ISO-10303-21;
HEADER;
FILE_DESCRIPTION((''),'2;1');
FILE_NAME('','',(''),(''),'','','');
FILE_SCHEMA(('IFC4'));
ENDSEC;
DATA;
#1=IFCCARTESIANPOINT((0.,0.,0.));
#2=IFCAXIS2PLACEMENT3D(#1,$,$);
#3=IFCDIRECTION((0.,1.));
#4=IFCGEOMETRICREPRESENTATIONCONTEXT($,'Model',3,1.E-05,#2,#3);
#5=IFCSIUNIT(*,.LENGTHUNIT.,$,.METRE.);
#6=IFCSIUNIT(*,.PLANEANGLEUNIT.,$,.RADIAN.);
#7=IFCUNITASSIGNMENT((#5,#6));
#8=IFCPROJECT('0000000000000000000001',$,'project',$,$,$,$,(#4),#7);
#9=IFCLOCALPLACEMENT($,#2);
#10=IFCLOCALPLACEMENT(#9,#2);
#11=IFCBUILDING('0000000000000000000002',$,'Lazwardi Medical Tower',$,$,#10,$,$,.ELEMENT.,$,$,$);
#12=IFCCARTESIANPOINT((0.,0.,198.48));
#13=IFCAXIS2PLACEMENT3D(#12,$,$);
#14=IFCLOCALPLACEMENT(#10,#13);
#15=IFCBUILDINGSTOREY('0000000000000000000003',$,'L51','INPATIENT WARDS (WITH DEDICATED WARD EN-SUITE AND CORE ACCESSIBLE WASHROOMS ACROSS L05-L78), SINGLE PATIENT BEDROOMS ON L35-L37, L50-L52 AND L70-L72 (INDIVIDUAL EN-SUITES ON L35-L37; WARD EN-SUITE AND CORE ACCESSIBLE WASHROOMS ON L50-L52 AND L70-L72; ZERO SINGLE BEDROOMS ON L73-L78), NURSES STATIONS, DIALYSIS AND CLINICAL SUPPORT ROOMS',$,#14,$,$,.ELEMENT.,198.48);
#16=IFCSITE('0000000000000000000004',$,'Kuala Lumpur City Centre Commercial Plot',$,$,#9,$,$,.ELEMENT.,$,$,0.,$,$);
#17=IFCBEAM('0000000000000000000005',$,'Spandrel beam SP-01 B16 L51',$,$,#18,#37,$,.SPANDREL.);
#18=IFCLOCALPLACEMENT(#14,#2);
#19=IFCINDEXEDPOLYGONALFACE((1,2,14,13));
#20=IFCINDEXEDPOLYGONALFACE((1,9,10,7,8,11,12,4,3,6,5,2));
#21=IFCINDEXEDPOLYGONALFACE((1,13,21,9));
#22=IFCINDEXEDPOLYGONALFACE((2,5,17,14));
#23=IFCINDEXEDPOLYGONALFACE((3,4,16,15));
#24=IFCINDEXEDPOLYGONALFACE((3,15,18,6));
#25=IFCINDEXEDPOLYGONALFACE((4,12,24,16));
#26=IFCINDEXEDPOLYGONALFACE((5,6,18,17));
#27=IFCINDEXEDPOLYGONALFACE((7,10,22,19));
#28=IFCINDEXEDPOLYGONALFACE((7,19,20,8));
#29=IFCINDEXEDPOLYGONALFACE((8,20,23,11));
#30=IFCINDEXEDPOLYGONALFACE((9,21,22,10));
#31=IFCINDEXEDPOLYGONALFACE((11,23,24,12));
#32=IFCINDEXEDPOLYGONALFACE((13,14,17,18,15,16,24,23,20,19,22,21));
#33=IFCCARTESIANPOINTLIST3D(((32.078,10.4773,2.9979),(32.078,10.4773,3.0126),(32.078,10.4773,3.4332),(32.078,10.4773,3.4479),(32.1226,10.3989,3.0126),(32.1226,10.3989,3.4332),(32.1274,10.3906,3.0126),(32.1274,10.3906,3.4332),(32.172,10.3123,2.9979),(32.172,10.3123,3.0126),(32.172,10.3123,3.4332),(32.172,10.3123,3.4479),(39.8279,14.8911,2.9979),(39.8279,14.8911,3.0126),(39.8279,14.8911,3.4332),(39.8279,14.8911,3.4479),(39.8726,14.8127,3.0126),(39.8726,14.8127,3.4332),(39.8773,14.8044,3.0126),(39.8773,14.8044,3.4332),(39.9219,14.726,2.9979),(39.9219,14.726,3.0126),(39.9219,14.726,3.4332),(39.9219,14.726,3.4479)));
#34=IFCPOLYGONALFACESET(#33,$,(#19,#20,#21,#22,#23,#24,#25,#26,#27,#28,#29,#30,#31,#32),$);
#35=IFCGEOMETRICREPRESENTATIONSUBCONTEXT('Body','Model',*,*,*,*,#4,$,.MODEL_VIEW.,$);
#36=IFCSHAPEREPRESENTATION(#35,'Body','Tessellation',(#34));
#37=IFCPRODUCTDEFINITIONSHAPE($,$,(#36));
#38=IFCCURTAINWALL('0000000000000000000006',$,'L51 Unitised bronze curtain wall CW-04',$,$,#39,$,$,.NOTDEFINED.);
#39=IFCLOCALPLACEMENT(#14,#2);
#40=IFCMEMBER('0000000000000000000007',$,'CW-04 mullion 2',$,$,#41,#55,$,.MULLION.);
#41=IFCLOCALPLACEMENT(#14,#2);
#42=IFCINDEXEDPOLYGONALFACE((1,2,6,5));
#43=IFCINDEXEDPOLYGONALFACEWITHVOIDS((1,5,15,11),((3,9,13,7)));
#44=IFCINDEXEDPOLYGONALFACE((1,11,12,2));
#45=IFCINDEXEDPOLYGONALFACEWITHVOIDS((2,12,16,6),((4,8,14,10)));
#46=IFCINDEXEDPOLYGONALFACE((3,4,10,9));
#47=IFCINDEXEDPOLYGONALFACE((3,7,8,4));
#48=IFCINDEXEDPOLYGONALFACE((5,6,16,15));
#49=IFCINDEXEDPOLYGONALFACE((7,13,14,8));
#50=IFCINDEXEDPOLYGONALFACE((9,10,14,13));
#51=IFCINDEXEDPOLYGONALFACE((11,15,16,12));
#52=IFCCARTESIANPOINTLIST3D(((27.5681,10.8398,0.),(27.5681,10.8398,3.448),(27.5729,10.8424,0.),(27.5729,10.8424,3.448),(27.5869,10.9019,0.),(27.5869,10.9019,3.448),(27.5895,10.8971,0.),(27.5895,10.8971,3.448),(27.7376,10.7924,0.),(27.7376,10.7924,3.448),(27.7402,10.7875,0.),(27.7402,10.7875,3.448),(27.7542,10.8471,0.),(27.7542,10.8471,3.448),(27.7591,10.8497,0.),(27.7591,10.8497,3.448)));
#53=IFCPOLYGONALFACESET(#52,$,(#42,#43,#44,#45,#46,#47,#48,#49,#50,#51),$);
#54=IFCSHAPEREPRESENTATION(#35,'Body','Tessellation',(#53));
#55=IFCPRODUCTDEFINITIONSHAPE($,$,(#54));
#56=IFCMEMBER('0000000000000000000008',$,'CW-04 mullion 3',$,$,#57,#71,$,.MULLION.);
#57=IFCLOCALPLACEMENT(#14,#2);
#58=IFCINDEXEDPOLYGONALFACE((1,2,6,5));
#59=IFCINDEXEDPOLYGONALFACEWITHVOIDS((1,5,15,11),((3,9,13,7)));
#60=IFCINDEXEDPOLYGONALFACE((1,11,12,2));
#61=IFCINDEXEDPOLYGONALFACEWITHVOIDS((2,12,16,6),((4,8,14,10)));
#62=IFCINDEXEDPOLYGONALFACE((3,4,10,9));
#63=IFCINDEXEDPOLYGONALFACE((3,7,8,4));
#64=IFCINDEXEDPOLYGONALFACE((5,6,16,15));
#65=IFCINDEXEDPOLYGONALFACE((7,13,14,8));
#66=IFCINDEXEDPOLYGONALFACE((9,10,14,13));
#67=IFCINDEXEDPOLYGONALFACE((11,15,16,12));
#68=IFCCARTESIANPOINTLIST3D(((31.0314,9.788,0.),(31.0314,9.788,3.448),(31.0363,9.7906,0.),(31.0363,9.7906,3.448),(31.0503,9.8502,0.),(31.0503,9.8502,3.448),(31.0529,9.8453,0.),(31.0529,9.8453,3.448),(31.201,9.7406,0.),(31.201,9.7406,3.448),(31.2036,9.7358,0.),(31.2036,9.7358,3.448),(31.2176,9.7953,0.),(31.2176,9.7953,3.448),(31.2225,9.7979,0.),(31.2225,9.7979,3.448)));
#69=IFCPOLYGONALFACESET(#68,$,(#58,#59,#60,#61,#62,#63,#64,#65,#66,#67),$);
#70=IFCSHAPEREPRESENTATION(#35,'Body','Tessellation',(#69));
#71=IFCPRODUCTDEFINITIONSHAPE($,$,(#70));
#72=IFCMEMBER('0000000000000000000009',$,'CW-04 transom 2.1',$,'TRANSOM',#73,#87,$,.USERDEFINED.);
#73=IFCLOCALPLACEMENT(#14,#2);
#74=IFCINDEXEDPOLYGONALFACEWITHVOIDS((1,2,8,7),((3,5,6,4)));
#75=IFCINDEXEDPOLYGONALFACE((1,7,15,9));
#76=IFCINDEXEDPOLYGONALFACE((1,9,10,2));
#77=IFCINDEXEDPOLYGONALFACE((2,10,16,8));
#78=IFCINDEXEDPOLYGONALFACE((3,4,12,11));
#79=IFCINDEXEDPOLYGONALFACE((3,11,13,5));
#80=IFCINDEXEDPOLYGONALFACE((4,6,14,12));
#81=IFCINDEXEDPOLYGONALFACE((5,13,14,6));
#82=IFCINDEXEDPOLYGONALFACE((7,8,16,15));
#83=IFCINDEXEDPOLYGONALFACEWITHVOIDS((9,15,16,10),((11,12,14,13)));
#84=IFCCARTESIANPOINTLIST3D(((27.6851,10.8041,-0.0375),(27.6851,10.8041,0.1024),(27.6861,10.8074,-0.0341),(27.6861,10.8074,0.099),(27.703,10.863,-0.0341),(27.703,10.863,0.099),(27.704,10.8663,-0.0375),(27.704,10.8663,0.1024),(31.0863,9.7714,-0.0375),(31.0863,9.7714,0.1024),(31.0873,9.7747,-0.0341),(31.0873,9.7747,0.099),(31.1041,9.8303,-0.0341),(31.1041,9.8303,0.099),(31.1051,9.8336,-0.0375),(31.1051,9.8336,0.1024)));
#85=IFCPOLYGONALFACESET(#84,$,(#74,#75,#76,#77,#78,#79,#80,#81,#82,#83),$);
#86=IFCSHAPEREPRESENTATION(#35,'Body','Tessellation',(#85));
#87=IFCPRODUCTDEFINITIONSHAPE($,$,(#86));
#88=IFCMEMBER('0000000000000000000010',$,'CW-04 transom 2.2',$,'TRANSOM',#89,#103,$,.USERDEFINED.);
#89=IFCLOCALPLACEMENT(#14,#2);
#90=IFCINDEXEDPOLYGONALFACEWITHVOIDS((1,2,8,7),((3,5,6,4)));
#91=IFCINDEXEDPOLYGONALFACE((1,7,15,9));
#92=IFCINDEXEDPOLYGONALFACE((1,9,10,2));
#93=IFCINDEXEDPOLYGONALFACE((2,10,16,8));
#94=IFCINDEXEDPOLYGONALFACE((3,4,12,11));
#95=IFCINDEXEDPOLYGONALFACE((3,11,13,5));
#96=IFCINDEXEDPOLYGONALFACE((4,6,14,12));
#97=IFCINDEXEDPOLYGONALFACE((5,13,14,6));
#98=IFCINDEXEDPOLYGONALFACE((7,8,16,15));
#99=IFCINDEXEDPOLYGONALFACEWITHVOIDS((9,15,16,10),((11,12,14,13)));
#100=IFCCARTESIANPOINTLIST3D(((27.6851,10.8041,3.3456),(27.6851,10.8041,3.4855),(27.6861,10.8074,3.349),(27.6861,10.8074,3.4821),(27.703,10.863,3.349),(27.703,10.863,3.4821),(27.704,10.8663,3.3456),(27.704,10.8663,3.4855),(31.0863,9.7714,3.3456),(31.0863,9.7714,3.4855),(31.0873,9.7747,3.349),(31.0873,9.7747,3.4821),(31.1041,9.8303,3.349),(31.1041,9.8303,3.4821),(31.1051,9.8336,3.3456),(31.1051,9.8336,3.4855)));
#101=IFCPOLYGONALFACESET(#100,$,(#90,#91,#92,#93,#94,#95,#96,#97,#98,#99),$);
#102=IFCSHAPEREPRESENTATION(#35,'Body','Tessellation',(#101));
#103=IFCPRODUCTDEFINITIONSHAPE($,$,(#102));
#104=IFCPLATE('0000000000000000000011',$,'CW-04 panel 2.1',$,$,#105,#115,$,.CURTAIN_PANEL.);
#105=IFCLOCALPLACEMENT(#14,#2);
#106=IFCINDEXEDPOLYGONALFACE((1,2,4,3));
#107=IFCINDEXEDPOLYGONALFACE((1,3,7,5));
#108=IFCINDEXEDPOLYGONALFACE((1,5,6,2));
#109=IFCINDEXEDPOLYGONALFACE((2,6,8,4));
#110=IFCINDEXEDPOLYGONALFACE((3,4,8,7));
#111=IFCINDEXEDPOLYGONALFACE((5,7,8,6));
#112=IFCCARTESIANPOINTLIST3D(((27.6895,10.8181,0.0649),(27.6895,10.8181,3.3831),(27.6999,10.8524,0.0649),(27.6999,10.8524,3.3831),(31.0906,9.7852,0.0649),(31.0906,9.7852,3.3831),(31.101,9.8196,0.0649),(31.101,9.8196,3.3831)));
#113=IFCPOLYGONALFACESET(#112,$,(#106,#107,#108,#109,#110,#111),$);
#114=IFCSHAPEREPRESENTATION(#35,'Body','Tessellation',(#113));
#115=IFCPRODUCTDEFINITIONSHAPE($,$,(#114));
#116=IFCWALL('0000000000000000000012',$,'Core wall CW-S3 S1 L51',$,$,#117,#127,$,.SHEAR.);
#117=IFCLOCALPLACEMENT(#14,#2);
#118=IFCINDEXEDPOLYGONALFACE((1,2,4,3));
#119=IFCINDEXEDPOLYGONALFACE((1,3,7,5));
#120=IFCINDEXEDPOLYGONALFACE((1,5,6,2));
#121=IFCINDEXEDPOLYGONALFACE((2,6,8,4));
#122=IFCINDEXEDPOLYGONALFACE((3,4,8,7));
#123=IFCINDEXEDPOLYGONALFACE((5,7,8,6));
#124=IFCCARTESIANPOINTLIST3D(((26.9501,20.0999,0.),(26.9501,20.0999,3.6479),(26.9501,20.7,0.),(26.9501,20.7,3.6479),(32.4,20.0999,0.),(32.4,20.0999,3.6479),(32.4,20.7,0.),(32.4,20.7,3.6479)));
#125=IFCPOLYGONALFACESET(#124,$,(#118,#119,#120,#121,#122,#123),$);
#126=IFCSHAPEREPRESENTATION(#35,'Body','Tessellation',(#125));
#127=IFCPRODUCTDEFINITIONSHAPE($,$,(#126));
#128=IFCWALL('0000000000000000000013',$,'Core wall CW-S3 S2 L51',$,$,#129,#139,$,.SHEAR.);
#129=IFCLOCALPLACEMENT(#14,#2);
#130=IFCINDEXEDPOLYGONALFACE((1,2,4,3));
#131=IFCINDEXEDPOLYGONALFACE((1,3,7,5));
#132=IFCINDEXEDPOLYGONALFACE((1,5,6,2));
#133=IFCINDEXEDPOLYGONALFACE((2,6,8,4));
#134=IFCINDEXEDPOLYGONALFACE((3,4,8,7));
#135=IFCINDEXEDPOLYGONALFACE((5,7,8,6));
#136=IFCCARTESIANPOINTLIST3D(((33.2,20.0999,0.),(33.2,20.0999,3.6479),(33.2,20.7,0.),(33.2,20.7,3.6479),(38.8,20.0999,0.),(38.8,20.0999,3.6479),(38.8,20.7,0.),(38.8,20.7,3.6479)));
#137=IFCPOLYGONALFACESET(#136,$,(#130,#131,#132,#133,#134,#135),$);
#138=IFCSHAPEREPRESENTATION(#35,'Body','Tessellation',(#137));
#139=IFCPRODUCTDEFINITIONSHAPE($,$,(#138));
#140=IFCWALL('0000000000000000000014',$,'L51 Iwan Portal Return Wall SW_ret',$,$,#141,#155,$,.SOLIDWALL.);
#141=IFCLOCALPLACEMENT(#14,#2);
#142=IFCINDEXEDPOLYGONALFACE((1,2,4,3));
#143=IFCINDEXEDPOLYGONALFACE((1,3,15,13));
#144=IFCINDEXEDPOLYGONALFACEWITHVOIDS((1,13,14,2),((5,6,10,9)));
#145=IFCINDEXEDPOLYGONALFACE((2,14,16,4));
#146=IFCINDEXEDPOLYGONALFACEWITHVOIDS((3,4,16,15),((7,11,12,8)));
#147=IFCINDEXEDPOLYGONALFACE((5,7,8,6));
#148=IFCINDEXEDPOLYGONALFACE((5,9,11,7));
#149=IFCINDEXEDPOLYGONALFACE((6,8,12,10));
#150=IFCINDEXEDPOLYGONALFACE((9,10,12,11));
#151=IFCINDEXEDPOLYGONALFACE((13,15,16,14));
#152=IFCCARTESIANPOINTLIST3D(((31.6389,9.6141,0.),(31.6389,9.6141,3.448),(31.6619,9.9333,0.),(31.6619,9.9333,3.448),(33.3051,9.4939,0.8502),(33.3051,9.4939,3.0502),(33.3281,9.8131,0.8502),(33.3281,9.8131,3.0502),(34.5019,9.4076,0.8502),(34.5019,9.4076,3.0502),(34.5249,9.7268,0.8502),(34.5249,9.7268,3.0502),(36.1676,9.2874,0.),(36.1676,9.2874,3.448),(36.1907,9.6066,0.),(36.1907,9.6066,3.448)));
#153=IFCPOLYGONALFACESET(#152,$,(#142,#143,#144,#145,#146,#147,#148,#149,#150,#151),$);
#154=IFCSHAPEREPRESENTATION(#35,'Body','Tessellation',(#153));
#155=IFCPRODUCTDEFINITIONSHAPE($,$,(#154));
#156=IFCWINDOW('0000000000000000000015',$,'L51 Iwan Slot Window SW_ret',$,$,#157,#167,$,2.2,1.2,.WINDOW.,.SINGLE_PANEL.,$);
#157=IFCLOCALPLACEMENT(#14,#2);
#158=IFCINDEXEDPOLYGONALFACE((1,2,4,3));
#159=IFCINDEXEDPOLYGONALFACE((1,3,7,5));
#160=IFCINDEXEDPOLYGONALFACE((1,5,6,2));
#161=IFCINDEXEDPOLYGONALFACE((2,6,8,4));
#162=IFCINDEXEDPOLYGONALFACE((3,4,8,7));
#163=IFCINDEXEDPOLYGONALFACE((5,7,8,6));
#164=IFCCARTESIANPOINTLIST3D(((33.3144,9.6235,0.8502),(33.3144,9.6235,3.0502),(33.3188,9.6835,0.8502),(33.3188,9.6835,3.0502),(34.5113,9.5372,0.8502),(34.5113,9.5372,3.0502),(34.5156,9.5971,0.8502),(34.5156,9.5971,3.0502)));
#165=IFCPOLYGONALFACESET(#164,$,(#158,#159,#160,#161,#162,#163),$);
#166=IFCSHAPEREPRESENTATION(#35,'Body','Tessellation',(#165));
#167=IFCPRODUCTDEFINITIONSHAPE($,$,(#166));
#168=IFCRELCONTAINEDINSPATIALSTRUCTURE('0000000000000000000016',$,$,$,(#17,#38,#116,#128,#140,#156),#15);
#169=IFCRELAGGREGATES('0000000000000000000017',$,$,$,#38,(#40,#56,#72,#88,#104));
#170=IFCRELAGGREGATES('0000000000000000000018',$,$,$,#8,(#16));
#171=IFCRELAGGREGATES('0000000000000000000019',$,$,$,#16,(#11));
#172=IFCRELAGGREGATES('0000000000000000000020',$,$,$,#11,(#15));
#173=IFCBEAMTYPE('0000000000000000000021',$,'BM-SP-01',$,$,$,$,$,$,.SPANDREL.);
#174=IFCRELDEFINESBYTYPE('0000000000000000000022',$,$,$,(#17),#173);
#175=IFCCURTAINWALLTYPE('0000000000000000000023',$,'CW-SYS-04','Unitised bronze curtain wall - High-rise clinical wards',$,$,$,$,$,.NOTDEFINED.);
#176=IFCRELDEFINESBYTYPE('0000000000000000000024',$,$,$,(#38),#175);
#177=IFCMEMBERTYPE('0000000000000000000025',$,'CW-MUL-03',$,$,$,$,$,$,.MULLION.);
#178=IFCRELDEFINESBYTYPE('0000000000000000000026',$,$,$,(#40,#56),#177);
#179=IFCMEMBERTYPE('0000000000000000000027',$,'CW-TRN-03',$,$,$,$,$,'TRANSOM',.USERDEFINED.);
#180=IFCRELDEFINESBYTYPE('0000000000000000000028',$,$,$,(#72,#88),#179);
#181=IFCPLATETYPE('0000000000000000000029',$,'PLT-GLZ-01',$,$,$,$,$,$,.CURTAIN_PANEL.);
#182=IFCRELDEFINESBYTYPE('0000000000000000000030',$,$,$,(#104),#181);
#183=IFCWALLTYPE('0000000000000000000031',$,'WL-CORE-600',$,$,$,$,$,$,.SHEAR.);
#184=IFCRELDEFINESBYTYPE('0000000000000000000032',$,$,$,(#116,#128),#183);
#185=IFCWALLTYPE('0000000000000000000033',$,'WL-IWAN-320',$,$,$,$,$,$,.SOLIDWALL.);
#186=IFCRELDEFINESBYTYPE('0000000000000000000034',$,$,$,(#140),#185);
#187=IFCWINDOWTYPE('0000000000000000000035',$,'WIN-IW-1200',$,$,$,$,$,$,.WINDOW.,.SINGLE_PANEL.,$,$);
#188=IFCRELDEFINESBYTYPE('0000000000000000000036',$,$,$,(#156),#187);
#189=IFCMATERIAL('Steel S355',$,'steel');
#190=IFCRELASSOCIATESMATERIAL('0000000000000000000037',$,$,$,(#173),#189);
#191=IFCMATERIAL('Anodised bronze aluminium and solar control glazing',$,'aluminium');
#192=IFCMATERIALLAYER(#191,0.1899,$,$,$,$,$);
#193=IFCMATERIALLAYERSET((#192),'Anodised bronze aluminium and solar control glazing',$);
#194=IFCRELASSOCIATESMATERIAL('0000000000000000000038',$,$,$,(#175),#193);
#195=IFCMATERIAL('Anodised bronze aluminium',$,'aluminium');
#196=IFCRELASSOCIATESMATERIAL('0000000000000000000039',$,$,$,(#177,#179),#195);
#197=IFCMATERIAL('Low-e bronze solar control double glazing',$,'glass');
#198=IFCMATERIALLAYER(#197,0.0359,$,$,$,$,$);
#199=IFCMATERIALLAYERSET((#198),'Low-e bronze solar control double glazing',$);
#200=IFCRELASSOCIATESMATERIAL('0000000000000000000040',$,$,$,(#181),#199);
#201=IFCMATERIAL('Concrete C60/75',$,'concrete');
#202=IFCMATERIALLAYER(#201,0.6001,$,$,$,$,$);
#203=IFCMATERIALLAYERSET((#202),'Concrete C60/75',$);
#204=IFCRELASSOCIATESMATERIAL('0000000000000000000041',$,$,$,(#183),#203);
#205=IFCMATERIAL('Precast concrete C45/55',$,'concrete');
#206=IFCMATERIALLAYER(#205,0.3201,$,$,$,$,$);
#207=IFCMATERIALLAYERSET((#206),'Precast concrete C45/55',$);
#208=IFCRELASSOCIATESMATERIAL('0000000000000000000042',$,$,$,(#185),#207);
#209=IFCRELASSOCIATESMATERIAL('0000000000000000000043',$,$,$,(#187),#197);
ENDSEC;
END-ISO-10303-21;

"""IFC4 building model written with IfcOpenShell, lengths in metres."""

from ifc_helpers import new_model, si_unit, direction, frame, frame_2d, origin, origin_2d, place, context, subcontext, project, spatial, rectangle, hollow_rectangle, i_section, extrude, material, layer, layer_set, material_profile, profile_set, type_object, element, fill, aggregate, save


model = new_model("IFC4")

# Units and contexts
model_context = context("Model", 3, precision=1e-05, world=origin(), true_north=direction((0.0, 1.0)))
body_context = subcontext(model_context, "Body", "Model", "MODEL_VIEW")
ifc_project = project(units=[si_unit("LENGTHUNIT", "METRE"), si_unit("PLANEANGLEUNIT", "RADIAN")], contexts=[model_context])

# Site, building, storey
site_placement = place(None, origin())
site = spatial("IfcSite", under=ifc_project, at=site_placement, Name="Kuala Lumpur City Centre Commercial Plot", CompositionType="ELEMENT", RefElevation=0.0)
building_placement = place(site_placement, origin())
building = spatial("IfcBuilding", under=site, at=building_placement, Name="Lazwardi Medical Tower", CompositionType="ELEMENT")
storey_placement = place(building_placement, frame((0.0, 0.0, 198.48)))
storey = spatial("IfcBuildingStorey", under=building, at=storey_placement, Name="L51", Description="INPATIENT WARDS (WITH DEDICATED WARD EN-SUITE AND CORE ACCESSIBLE WASHROOMS ACROSS L05-L78), SINGLE PATIENT BEDROOMS ON L35-L37, L50-L52 AND L70-L72 (INDIVIDUAL EN-SUITES ON L35-L37; WARD EN-SUITE AND CORE ACCESSIBLE WASHROOMS ON L50-L52 AND L70-L72; ZERO SINGLE BEDROOMS ON L73-L78), NURSES STATIONS, DIALYSIS AND CLINICAL SUPPORT ROOMS", CompositionType="ELEMENT", Elevation=198.48)

# Shared definitions
ifc_material_1 = material(Name="Concrete C60/75", Category="concrete")

# Beam
ifc_material_2 = material(Name="Steel S355", Category="steel")
ifc_material_profile_1 = material_profile(ifc_material_2, i_section(OverallWidth=0.1899, OverallDepth=0.45, WebThickness=0.0095, FlangeThickness=0.0146, at=origin_2d()), Name="IPE 450")
ifc_profile_set_1 = profile_set([ifc_material_profile_1], Name="Steel S355")
beam_type_1 = type_object("IfcBeamType", Name="BM-SP-01", PredefinedType="SPANDREL", material=ifc_profile_set_1)
beam_1_placement = place(storey_placement, frame((32.125, 10.3948, 3.2229), z_axis=(0.868955, 0.494891, 0.0), x_axis=(-0.494891, 0.868955, 0.0)))
element("IfcBeam", 1, at=beam_1_placement, inside=storey, type_object=beam_type_1, Name="Spandrel beam SP-01 B16 L51", PredefinedType="SPANDREL", context=body_context, shape_type="SweptSolid", body=[
    extrude(i_section(OverallWidth=0.1899, OverallDepth=0.45, WebThickness=0.0095, FlangeThickness=0.0146, at=origin_2d()), origin(), (0.0, 0.0, 1.0), 8.9187),
])

# Curtain wall, members, plate
ifc_material_3 = material(Name="Anodised bronze aluminium and solar control glazing", Category="aluminium")
ifc_layer_1 = layer(ifc_material_3, 0.1899)
ifc_layer_set_1 = layer_set([ifc_layer_1], Name="Anodised bronze aluminium and solar control glazing")
curtain_wall_type = type_object("IfcCurtainWallType", Name="CW-SYS-04", Description="Unitised bronze curtain wall - High-rise clinical wards", PredefinedType="NOTDEFINED", material=ifc_layer_set_1)
curtain_wall_placement = place(storey_placement, origin())
curtain_wall = element("IfcCurtainWall", 2, at=curtain_wall_placement, inside=storey, type_object=curtain_wall_type, Name="L51 Unitised bronze curtain wall CW-04", PredefinedType="NOTDEFINED")
ifc_material_4 = material(Name="Anodised bronze aluminium", Category="aluminium")
ifc_material_profile_2 = material_profile(ifc_material_4, hollow_rectangle(XDim=0.0649, YDim=0.1799, WallThickness=0.0039, at=origin_2d()), Name="ALU-MULLION 180x65x4")
ifc_profile_set_2 = profile_set([ifc_material_profile_2], Name="Anodised bronze aluminium")
member_type_1 = type_object("IfcMemberType", Name="CW-MUL-03", PredefinedType="MULLION", material=ifc_profile_set_2)
member_1_placement = place(storey_placement, frame((27.6636, 10.8447, 0.0), z_axis=(0.0, 0.0, 1.0), x_axis=(0.290582, 0.95685, 0.0)))
member_1 = element("IfcMember", 3, at=member_1_placement, type_object=member_type_1, Name="CW-04 mullion 2", PredefinedType="MULLION", context=body_context, shape_type="SweptSolid", body=[
    extrude(hollow_rectangle(XDim=0.0649, YDim=0.1799, WallThickness=0.0039, at=origin_2d()), origin(), (0.0, 0.0, 1.0), 3.448),
])
member_2_placement = place(storey_placement, frame((31.127, 9.793, 0.0), z_axis=(0.0, 0.0, 1.0), x_axis=(0.290582, 0.95685, 0.0)))
member_2 = element("IfcMember", 4, at=member_2_placement, type_object=member_type_1, Name="CW-04 mullion 3", PredefinedType="MULLION", context=body_context, shape_type="SweptSolid", body=[
    extrude(hollow_rectangle(XDim=0.0649, YDim=0.1799, WallThickness=0.0039, at=origin_2d()), origin(), (0.0, 0.0, 1.0), 3.448),
])
ifc_material_profile_3 = material_profile(ifc_material_4, hollow_rectangle(XDim=0.0649, YDim=0.1399, WallThickness=0.0034, at=origin_2d()), Name="ALU-TRANSOM 140x65x3.5")
ifc_profile_set_3 = profile_set([ifc_material_profile_3], Name="Anodised bronze aluminium")
member_type_2 = type_object("IfcMemberType", Name="CW-TRN-03", ElementType="TRANSOM", PredefinedType="USERDEFINED", material=ifc_profile_set_3)
member_3_placement = place(storey_placement, frame((27.6946, 10.8352, 0.0325), z_axis=(0.956863, -0.290541, 0.0), x_axis=(0.290541, 0.956863, 0.0)))
member_3 = element("IfcMember", 5, at=member_3_placement, type_object=member_type_2, Name="CW-04 transom 2.1", ObjectType="TRANSOM", PredefinedType="USERDEFINED", context=body_context, shape_type="SweptSolid", body=[
    extrude(hollow_rectangle(XDim=0.0649, YDim=0.1399, WallThickness=0.0034, at=origin_2d()), origin(), (0.0, 0.0, 1.0), 3.5544),
])
member_4_placement = place(storey_placement, frame((27.6946, 10.8352, 3.4155), z_axis=(0.956863, -0.290541, 0.0), x_axis=(0.290541, 0.956863, 0.0)))
member_4 = element("IfcMember", 6, at=member_4_placement, type_object=member_type_2, Name="CW-04 transom 2.2", ObjectType="TRANSOM", PredefinedType="USERDEFINED", context=body_context, shape_type="SweptSolid", body=[
    extrude(hollow_rectangle(XDim=0.0649, YDim=0.1399, WallThickness=0.0034, at=origin_2d()), origin(), (0.0, 0.0, 1.0), 3.5544),
])
ifc_material_5 = material(Name="Low-e bronze solar control double glazing", Category="glass")
ifc_layer_2 = layer(ifc_material_5, 0.0359)
ifc_layer_set_2 = layer_set([ifc_layer_2], Name="Low-e bronze solar control double glazing")
plate_type = type_object("IfcPlateType", Name="PLT-GLZ-01", PredefinedType="CURTAIN_PANEL", material=ifc_layer_set_2)
plate_placement = place(storey_placement, frame((29.3953, 10.3188, 0.0649), z_axis=(0.0, 0.0, 1.0), x_axis=(0.95685, -0.290582, 0.0)))
plate = element("IfcPlate", 7, at=plate_placement, type_object=plate_type, Name="CW-04 panel 2.1", PredefinedType="CURTAIN_PANEL", context=body_context, shape_type="SweptSolid", body=[
    extrude(rectangle(XDim=3.5544, YDim=0.0359, at=origin_2d()), origin(), (0.0, 0.0, 1.0), 3.3181),
])
aggregate(curtain_wall, [member_1, member_2, member_3, member_4, plate])

# Shared definitions
ifc_layer_3 = layer(ifc_material_1, 0.6001)
ifc_layer_set_3 = layer_set([ifc_layer_3], Name="Concrete C60/75")
wall_type_1 = type_object("IfcWallType", Name="WL-CORE-600", PredefinedType="SHEAR", material=ifc_layer_set_3)

# Walls
wall_1_placement = place(storey_placement, frame((26.95, 20.3999, 0.0), z_axis=(0.0, 0.0, 1.0), x_axis=(1.0, 0.0, 0.0)))
element("IfcWall", 8, at=wall_1_placement, inside=storey, type_object=wall_type_1, Name="Core wall CW-S3 S1 L51", PredefinedType="SHEAR", context=body_context, shape_type="SweptSolid", body=[
    extrude(rectangle(XDim=5.45, YDim=0.6001, at=frame_2d((2.7251, 0.0))), origin(), (0.0, 0.0, 1.0), 3.6479),
])
wall_2_placement = place(storey_placement, frame((33.2, 20.3999, 0.0), z_axis=(0.0, 0.0, 1.0), x_axis=(1.0, 0.0, 0.0)))
element("IfcWall", 9, at=wall_2_placement, inside=storey, type_object=wall_type_1, Name="Core wall CW-S3 S2 L51", PredefinedType="SHEAR", context=body_context, shape_type="SweptSolid", body=[
    extrude(rectangle(XDim=5.6001, YDim=0.6001, at=frame_2d((2.8, 0.0))), origin(), (0.0, 0.0, 1.0), 3.6479),
])

# Wall, opening, window
ifc_material_6 = material(Name="Precast concrete C45/55", Category="concrete")
ifc_layer_4 = layer(ifc_material_6, 0.3201)
ifc_layer_set_4 = layer_set([ifc_layer_4], Name="Precast concrete C45/55")
wall_type_2 = type_object("IfcWallType", Name="WL-IWAN-320", PredefinedType="SOLIDWALL", material=ifc_layer_set_4)
wall_3_placement = place(storey_placement, frame((31.6504, 9.7737, 0.0), z_axis=(0.0, 0.0, 1.0), x_axis=(0.997409, -0.071942, 0.0)))
wall_3 = element("IfcWall", 10, at=wall_3_placement, inside=storey, type_object=wall_type_2, Name="L51 Iwan Portal Return Wall SW_ret", PredefinedType="SOLIDWALL", context=body_context, shape_type="SweptSolid", body=[
    extrude(rectangle(XDim=4.5405, YDim=0.3201, at=frame_2d((2.2703, 0.0))), origin(), (0.0, 0.0, 1.0), 3.448),
])
opening_1_placement = place(wall_3_placement, frame((1.6704, 0.0, 0.8501)))
opening_1 = element("IfcOpeningElement", 11, at=opening_1_placement, cuts=wall_3, PredefinedType="OPENING", context=body_context, shape_type="SweptSolid", body=[
    extrude(rectangle(XDim=1.2, YDim=2.2, at=frame_2d((0.6001, 1.1001))), frame((0.0, 0.1699, 0.0), z_axis=(0.0, -1.0, 0.0), x_axis=(1.0, 0.0, 0.0)), (0.0, 0.0, 1.0), 0.3401),
])
window_type = type_object("IfcWindowType", Name="WIN-IW-1200", PartitioningType="SINGLE_PANEL", PredefinedType="WINDOW", material=ifc_material_5)
window_placement = place(opening_1_placement, origin())
window = element("IfcWindow", 12, at=window_placement, inside=storey, type_object=window_type, Name="L51 Iwan Slot Window SW_ret", OverallHeight=2.2, OverallWidth=1.2, PartitioningType="SINGLE_PANEL", PredefinedType="WINDOW", context=body_context, shape_type="SweptSolid", body=[
    extrude(rectangle(XDim=1.2, YDim=2.2, at=frame_2d((0.6001, 1.1001))), frame((0.0, 0.03, 0.0), z_axis=(0.0, -1.0, 0.0), x_axis=(1.0, 0.0, 0.0)), (0.0, 0.0, 1.0), 0.0601),
])
fill(opening_1, window)

save(model, "model.ifc")
